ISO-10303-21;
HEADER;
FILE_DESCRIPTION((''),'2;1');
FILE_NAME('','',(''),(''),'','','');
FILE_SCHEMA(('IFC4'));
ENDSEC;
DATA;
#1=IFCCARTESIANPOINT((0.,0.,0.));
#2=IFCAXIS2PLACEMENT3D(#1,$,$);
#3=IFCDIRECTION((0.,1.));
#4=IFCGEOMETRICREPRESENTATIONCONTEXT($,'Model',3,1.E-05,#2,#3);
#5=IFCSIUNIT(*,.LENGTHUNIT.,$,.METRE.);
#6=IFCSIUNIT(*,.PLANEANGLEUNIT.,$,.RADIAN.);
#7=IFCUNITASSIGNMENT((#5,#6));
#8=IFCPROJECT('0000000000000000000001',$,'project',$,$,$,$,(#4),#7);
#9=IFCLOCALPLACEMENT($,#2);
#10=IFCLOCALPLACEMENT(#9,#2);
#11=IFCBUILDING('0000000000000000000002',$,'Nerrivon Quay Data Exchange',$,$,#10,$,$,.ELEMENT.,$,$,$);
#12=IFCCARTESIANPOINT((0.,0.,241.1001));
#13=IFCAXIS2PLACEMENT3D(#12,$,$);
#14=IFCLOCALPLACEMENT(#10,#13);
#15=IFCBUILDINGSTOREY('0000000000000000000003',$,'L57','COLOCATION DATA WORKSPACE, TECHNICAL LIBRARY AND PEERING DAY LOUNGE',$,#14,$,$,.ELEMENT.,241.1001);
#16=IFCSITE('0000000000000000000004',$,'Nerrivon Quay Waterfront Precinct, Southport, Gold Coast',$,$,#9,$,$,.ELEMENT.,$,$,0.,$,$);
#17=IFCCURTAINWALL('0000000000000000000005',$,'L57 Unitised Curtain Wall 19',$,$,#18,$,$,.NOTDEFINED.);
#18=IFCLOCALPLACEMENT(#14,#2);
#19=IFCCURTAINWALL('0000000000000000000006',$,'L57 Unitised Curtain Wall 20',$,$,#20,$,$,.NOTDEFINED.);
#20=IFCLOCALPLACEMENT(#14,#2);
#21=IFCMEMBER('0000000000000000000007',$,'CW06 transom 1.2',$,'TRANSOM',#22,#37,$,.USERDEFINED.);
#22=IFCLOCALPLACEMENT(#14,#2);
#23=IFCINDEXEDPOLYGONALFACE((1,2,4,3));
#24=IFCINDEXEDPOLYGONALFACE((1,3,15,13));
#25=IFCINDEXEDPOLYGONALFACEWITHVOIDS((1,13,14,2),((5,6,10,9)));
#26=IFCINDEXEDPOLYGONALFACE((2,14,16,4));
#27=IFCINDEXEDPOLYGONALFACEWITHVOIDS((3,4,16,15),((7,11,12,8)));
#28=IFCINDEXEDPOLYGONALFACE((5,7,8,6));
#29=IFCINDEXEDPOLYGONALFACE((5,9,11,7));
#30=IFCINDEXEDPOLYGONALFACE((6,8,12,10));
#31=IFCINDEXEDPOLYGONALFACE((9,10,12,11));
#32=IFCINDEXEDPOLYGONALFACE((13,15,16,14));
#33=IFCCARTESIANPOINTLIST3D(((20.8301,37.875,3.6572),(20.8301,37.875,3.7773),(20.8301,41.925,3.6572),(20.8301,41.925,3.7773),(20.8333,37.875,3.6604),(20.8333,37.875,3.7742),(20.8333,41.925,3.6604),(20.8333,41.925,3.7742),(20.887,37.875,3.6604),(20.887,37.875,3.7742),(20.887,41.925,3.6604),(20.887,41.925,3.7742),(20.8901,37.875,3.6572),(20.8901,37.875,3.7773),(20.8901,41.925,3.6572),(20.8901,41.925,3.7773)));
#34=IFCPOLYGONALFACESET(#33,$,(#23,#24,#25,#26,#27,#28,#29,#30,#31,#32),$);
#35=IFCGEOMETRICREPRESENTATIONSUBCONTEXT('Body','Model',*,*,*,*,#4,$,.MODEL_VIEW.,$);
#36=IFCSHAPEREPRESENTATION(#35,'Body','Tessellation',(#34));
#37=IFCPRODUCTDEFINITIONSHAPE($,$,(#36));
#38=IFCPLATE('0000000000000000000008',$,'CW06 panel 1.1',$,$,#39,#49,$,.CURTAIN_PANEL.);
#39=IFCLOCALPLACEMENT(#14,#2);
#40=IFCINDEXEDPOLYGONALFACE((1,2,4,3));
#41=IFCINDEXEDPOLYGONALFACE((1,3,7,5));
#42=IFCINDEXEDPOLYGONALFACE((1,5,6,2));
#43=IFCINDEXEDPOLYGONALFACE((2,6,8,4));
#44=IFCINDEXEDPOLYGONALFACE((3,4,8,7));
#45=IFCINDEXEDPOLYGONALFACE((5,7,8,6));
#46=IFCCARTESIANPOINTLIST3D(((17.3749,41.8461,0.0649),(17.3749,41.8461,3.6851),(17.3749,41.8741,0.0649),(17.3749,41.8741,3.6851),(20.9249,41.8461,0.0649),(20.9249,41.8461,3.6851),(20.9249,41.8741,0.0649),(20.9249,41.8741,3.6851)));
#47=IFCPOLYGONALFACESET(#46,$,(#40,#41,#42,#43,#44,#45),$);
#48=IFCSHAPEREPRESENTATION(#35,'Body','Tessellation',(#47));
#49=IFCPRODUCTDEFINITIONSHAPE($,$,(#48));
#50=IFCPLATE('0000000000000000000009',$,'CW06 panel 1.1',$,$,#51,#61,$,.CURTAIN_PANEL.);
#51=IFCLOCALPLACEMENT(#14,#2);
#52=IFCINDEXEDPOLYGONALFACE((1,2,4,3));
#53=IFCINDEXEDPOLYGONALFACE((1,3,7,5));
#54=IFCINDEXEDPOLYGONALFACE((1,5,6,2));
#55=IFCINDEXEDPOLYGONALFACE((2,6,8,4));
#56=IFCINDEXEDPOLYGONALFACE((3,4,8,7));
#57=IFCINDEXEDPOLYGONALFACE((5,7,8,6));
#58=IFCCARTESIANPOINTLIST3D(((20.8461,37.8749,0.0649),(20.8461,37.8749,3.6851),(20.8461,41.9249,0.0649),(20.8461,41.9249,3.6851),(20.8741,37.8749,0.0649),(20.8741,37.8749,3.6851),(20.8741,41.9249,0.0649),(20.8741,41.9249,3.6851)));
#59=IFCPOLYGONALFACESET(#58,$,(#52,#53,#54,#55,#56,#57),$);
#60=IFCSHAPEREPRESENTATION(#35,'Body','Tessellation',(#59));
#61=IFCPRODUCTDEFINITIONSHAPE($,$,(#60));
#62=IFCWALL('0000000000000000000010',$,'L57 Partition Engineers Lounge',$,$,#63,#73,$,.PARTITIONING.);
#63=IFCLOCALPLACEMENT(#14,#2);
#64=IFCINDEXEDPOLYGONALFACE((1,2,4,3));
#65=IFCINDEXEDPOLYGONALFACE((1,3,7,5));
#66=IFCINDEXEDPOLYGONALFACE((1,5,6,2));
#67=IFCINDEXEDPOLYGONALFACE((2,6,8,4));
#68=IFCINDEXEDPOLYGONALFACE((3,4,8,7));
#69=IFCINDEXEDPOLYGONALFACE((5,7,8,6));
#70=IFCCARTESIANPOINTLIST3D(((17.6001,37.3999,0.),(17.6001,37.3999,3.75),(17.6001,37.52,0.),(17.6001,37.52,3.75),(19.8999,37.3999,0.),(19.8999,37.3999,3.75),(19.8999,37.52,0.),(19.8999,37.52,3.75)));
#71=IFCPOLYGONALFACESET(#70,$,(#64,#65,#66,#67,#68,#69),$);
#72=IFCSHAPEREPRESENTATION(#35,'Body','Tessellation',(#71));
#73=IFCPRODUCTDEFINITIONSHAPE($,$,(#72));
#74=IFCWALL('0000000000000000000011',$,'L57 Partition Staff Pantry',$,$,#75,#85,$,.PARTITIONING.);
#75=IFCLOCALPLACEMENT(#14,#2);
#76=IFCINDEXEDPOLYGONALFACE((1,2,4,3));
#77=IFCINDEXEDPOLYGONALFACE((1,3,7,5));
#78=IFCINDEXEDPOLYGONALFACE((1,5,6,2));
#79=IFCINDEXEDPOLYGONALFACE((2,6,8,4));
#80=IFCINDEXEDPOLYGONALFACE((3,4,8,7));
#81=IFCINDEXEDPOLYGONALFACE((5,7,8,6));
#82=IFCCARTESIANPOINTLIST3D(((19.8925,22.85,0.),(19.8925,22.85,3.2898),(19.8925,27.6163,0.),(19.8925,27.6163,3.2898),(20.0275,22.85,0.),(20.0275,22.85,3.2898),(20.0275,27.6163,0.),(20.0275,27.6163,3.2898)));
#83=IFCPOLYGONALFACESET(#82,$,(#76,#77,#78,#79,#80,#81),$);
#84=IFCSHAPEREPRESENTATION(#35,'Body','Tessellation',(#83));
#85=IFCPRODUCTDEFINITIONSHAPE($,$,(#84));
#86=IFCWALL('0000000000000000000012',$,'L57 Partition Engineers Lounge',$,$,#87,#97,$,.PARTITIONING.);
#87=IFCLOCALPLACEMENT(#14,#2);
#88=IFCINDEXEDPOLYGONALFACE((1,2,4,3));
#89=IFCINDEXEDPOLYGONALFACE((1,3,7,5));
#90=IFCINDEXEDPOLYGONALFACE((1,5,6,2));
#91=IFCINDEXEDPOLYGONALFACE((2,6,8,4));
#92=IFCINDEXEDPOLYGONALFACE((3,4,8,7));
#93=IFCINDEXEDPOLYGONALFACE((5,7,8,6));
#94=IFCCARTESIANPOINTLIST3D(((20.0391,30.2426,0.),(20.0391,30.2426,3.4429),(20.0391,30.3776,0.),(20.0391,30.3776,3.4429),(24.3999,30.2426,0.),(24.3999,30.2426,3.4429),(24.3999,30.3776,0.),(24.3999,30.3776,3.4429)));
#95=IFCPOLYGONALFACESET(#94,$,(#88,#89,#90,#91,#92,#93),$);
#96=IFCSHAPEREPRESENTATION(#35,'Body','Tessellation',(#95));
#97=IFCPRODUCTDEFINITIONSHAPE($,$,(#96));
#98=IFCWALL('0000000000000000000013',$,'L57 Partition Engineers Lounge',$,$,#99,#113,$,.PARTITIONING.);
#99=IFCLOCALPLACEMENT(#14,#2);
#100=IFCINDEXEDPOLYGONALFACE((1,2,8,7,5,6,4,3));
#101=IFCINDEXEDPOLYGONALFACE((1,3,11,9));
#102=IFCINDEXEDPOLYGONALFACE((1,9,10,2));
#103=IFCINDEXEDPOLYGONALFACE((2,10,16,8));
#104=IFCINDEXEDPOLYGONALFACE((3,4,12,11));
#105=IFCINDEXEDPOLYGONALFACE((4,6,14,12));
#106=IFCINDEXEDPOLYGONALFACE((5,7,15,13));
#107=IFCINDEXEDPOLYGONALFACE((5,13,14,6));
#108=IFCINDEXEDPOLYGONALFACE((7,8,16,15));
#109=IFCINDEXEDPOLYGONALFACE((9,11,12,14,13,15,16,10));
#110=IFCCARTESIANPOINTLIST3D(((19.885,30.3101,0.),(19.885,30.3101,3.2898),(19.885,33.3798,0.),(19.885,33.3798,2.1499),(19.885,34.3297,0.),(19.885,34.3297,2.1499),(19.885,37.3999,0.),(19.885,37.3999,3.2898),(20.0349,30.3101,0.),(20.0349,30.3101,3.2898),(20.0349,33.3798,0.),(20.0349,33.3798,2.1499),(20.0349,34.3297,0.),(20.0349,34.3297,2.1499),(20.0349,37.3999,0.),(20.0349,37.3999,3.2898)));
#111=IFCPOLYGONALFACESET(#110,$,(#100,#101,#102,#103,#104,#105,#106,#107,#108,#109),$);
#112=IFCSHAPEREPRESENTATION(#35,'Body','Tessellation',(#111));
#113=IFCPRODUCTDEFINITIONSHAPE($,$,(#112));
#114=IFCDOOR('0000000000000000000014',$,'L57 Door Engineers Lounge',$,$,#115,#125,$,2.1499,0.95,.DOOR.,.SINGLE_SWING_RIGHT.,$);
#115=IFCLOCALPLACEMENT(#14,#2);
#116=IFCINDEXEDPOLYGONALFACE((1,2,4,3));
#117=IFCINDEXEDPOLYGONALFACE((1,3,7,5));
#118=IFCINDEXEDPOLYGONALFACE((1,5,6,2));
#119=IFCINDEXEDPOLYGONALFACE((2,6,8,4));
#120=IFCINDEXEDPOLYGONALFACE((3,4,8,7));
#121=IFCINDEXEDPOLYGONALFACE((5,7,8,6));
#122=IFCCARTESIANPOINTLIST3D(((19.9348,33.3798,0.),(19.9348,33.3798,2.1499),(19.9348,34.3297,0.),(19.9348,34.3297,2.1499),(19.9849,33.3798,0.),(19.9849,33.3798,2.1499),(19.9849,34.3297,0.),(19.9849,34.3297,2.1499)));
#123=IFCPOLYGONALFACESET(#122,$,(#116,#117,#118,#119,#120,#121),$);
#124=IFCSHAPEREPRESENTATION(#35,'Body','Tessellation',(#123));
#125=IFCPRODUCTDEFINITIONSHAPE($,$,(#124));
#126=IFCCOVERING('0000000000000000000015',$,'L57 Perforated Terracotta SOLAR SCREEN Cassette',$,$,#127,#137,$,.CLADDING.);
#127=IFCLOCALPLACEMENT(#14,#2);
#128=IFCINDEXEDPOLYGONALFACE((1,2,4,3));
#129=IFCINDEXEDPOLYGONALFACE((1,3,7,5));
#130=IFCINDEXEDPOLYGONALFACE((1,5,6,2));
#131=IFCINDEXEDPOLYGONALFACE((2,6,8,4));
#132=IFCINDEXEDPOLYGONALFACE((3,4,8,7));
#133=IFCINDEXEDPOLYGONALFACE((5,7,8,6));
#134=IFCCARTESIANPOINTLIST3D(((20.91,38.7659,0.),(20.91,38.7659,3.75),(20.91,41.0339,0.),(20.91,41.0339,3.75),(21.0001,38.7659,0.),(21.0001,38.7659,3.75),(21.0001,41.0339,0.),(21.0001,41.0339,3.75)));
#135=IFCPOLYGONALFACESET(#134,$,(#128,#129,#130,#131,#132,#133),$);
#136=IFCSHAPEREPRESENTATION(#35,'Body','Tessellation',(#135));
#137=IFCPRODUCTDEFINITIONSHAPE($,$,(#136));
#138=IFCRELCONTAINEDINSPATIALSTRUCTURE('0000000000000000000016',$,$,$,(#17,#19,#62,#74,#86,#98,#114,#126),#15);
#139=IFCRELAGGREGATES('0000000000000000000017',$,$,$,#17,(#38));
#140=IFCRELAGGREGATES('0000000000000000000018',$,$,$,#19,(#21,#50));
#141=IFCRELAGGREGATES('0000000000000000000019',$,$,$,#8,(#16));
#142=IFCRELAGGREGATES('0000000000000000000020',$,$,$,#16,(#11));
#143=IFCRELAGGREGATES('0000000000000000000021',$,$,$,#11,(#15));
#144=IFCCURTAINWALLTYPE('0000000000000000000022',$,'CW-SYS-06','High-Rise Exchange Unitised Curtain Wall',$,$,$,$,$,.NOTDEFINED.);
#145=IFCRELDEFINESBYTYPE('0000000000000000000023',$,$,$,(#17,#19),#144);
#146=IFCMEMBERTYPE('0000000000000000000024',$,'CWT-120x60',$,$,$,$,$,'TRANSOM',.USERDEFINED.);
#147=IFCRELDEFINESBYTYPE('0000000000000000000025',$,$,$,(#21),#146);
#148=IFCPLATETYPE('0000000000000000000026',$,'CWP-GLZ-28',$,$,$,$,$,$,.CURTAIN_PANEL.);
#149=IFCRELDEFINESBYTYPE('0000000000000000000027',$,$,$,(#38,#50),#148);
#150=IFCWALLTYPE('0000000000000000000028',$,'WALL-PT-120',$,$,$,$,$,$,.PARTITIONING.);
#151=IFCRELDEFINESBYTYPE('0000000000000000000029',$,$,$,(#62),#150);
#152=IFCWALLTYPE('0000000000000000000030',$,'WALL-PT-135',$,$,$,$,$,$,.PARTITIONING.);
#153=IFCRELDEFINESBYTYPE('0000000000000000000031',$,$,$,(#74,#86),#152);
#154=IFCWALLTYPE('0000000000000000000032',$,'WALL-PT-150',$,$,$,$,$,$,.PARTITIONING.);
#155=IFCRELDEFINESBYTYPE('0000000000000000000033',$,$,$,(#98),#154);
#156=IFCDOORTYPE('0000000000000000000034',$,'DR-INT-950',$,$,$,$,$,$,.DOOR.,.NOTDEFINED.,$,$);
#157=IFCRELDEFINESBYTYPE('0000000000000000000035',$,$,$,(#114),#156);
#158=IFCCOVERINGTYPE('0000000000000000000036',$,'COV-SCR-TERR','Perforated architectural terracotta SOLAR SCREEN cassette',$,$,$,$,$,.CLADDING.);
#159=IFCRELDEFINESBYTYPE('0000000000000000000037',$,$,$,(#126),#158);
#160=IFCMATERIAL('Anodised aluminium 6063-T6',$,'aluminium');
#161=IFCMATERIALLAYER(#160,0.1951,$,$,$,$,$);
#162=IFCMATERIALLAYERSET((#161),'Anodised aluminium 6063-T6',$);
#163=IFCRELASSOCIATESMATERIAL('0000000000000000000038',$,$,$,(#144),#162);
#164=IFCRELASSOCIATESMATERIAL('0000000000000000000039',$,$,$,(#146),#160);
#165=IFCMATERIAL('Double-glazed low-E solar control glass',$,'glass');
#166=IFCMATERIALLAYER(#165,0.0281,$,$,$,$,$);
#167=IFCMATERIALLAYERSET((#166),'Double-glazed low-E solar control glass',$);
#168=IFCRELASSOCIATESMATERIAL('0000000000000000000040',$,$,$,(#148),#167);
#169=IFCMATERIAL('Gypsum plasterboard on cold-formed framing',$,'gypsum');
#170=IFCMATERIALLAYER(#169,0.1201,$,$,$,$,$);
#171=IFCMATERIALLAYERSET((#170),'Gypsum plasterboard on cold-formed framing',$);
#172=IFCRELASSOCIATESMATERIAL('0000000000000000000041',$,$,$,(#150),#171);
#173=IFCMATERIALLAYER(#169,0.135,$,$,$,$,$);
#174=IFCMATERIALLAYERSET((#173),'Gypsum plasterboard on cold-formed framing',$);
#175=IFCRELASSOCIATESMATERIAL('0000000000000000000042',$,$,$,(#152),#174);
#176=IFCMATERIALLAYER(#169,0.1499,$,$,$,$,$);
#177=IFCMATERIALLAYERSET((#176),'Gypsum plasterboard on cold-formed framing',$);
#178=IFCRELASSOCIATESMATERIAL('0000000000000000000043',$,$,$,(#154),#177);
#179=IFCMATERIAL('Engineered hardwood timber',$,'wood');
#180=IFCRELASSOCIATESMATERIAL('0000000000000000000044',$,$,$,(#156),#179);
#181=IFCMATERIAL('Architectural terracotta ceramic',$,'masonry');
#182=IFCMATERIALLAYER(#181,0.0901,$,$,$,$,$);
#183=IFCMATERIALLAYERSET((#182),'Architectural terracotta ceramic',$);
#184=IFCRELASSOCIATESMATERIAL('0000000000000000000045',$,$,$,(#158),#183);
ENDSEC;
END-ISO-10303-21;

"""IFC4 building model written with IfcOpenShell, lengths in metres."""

from ifc_helpers import new_model, si_unit, direction, frame, frame_2d, origin, origin_2d, place, context, subcontext, project, spatial, rectangle, hollow_rectangle, extrude, material, layer, layer_set, material_profile, profile_set, type_object, element, fill, aggregate, save


model = new_model("IFC4")

# Units and contexts
model_context = context("Model", 3, precision=1e-05, world=origin(), true_north=direction((0.0, 1.0)))
body_context = subcontext(model_context, "Body", "Model", "MODEL_VIEW")
ifc_project = project(units=[si_unit("LENGTHUNIT", "METRE"), si_unit("PLANEANGLEUNIT", "RADIAN")], contexts=[model_context])

# Site, building, storey
site_placement = place(None, origin())
site = spatial("IfcSite", under=ifc_project, at=site_placement, Name="Nerrivon Quay Waterfront Precinct, Southport, Gold Coast", CompositionType="ELEMENT", RefElevation=0.0)
building_placement = place(site_placement, origin())
building = spatial("IfcBuilding", under=site, at=building_placement, Name="Nerrivon Quay Data Exchange", CompositionType="ELEMENT")
storey_placement = place(building_placement, frame((0.0, 0.0, 241.1001)))
storey = spatial("IfcBuildingStorey", under=building, at=storey_placement, Name="L57", Description="COLOCATION DATA WORKSPACE, TECHNICAL LIBRARY AND PEERING DAY LOUNGE", CompositionType="ELEMENT", Elevation=241.1001)

# Curtain walls
ifc_material_1 = material(Name="Anodised aluminium 6063-T6", Category="aluminium")
ifc_layer_1 = layer(ifc_material_1, 0.1951)
ifc_layer_set_1 = layer_set([ifc_layer_1], Name="Anodised aluminium 6063-T6")
curtain_wall_type = type_object("IfcCurtainWallType", Name="CW-SYS-06", Description="High-Rise Exchange Unitised Curtain Wall", PredefinedType="NOTDEFINED", material=ifc_layer_set_1)
curtain_wall_1_placement = place(storey_placement, origin())
curtain_wall_1 = element("IfcCurtainWall", 1, at=curtain_wall_1_placement, inside=storey, type_object=curtain_wall_type, Name="L57 Unitised Curtain Wall 19", PredefinedType="NOTDEFINED")
curtain_wall_2_placement = place(storey_placement, origin())
curtain_wall_2 = element("IfcCurtainWall", 2, at=curtain_wall_2_placement, inside=storey, type_object=curtain_wall_type, Name="L57 Unitised Curtain Wall 20", PredefinedType="NOTDEFINED")

# Member
ifc_material_profile_1 = material_profile(ifc_material_1, hollow_rectangle(XDim=0.0601, YDim=0.1201, WallThickness=0.0032, at=origin_2d()), Name="ALU-TRAN-120x60")
ifc_profile_set_1 = profile_set([ifc_material_profile_1], Name="Anodised aluminium 6063-T6")
member_type_1 = type_object("IfcMemberType", Name="CWT-120x60", ElementType="TRANSOM", PredefinedType="USERDEFINED", material=ifc_profile_set_1)
member_1_placement = place(storey_placement, frame((20.8601, 41.925, 3.7173), z_axis=(0.0, -1.0, 0.0), x_axis=(1.0, 0.0, 0.0)))
member_1 = element("IfcMember", 3, at=member_1_placement, type_object=member_type_1, Name="CW06 transom 1.2", ObjectType="TRANSOM", PredefinedType="USERDEFINED", context=body_context, shape_type="SweptSolid", body=[
    extrude(hollow_rectangle(XDim=0.0601, YDim=0.1201, WallThickness=0.0032, at=origin_2d()), origin(), (0.0, 0.0, 1.0), 4.05),
])

# Plates
ifc_material_2 = material(Name="Double-glazed low-E solar control glass", Category="glass")
ifc_layer_2 = layer(ifc_material_2, 0.0281)
ifc_layer_set_2 = layer_set([ifc_layer_2], Name="Double-glazed low-E solar control glass")
plate_type = type_object("IfcPlateType", Name="CWP-GLZ-28", PredefinedType="CURTAIN_PANEL", material=ifc_layer_set_2)
plate_1_placement = place(storey_placement, frame((19.1499, 41.8601, 0.0649), z_axis=(0.0, 0.0, 1.0), x_axis=(1.0, 0.0, 0.0)))
plate_1 = element("IfcPlate", 4, at=plate_1_placement, type_object=plate_type, Name="CW06 panel 1.1", PredefinedType="CURTAIN_PANEL", context=body_context, shape_type="SweptSolid", body=[
    extrude(rectangle(XDim=3.55, YDim=0.0281, at=origin_2d()), origin(), (0.0, 0.0, 1.0), 3.6201),
])
aggregate(curtain_wall_1, [plate_1])
plate_2_placement = place(storey_placement, frame((20.8601, 39.8999, 0.0649), z_axis=(0.0, 0.0, 1.0), x_axis=(0.0, -1.0, 0.0)))
plate_2 = element("IfcPlate", 5, at=plate_2_placement, type_object=plate_type, Name="CW06 panel 1.1", PredefinedType="CURTAIN_PANEL", context=body_context, shape_type="SweptSolid", body=[
    extrude(rectangle(XDim=4.05, YDim=0.0281, at=origin_2d()), origin(), (0.0, 0.0, 1.0), 3.6201),
])
aggregate(curtain_wall_2, [member_1, plate_2])

# Walls
ifc_material_3 = material(Name="Gypsum plasterboard on cold-formed framing", Category="gypsum")
ifc_layer_3 = layer(ifc_material_3, 0.1201)
ifc_layer_set_3 = layer_set([ifc_layer_3], Name="Gypsum plasterboard on cold-formed framing")
wall_type_1 = type_object("IfcWallType", Name="WALL-PT-120", PredefinedType="PARTITIONING", material=ifc_layer_set_3)
wall_1_placement = place(storey_placement, frame((17.6001, 37.46, 0.0), z_axis=(0.0, 0.0, 1.0), x_axis=(1.0, 0.0, 0.0)))
element("IfcWall", 6, at=wall_1_placement, inside=storey, type_object=wall_type_1, Name="L57 Partition Engineers Lounge", PredefinedType="PARTITIONING", context=body_context, shape_type="SweptSolid", body=[
    extrude(rectangle(XDim=2.2998, YDim=0.1201, at=frame_2d((1.1499, 0.0))), origin(), (0.0, 0.0, 1.0), 3.75),
])
ifc_layer_4 = layer(ifc_material_3, 0.135)
ifc_layer_set_4 = layer_set([ifc_layer_4], Name="Gypsum plasterboard on cold-formed framing")
wall_type_2 = type_object("IfcWallType", Name="WALL-PT-135", PredefinedType="PARTITIONING", material=ifc_layer_set_4)
wall_2_placement = place(storey_placement, frame((19.96, 27.6165, 0.0), z_axis=(0.0, 0.0, 1.0), x_axis=(0.0, -1.0, 0.0)))
element("IfcWall", 7, at=wall_2_placement, inside=storey, type_object=wall_type_2, Name="L57 Partition Staff Pantry", PredefinedType="PARTITIONING", context=body_context, shape_type="SweptSolid", body=[
    extrude(rectangle(XDim=4.7664, YDim=0.135, at=frame_2d((2.3833, 0.0))), origin(), (0.0, 0.0, 1.0), 3.2898),
])
wall_3_placement = place(storey_placement, frame((20.0391, 30.3101, 0.0), z_axis=(0.0, 0.0, 1.0), x_axis=(1.0, 0.0, 0.0)))
element("IfcWall", 8, at=wall_3_placement, inside=storey, type_object=wall_type_2, Name="L57 Partition Engineers Lounge", PredefinedType="PARTITIONING", context=body_context, shape_type="SweptSolid", body=[
    extrude(rectangle(XDim=4.3608, YDim=0.135, at=frame_2d((2.1804, 0.0))), origin(), (0.0, 0.0, 1.0), 3.4429),
])

# Wall, opening, door
ifc_layer_5 = layer(ifc_material_3, 0.1499)
ifc_layer_set_5 = layer_set([ifc_layer_5], Name="Gypsum plasterboard on cold-formed framing")
wall_type_3 = type_object("IfcWallType", Name="WALL-PT-150", PredefinedType="PARTITIONING", material=ifc_layer_set_5)
wall_4_placement = place(storey_placement, frame((19.96, 37.3999, 0.0), z_axis=(0.0, 0.0, 1.0), x_axis=(0.0, -1.0, 0.0)))
wall_4 = element("IfcWall", 9, at=wall_4_placement, inside=storey, type_object=wall_type_3, Name="L57 Partition Engineers Lounge", PredefinedType="PARTITIONING", context=body_context, shape_type="SweptSolid", body=[
    extrude(rectangle(XDim=7.0898, YDim=0.1499, at=frame_2d((3.5449, 0.0))), origin(), (0.0, 0.0, 1.0), 3.2898),
])
opening_1_placement = place(wall_4_placement, frame((3.0701, 0.0, 0.0)))
opening_1 = element("IfcOpeningElement", 10, at=opening_1_placement, cuts=wall_4, PredefinedType="OPENING", context=body_context, shape_type="SweptSolid", body=[
    extrude(rectangle(XDim=0.95, YDim=2.1499, at=frame_2d((0.4751, 1.075))), frame((0.0, 0.085, 0.0), z_axis=(0.0, -1.0, 0.0), x_axis=(1.0, 0.0, 0.0)), (0.0, 0.0, 1.0), 0.1699),
])
ifc_material_4 = material(Name="Engineered hardwood timber", Category="wood")
door_type_1 = type_object("IfcDoorType", Name="DR-INT-950", OperationType="NOTDEFINED", PredefinedType="DOOR", material=ifc_material_4)
door_1_placement = place(opening_1_placement, origin())
door_1 = element("IfcDoor", 11, at=door_1_placement, inside=storey, type_object=door_type_1, Name="L57 Door Engineers Lounge", OperationType="SINGLE_SWING_RIGHT", OverallHeight=2.1499, OverallWidth=0.95, PredefinedType="DOOR", context=body_context, shape_type="SweptSolid", body=[
    extrude(rectangle(XDim=0.95, YDim=2.1499, at=frame_2d((0.4751, 1.075))), frame((0.0, 0.0249, 0.0), z_axis=(0.0, -1.0, 0.0), x_axis=(1.0, 0.0, 0.0)), (0.0, 0.0, 1.0), 0.05),
])
fill(opening_1, door_1)

# Covering
ifc_material_5 = material(Name="Architectural terracotta ceramic", Category="masonry")
ifc_layer_6 = layer(ifc_material_5, 0.0901)
ifc_layer_set_6 = layer_set([ifc_layer_6], Name="Architectural terracotta ceramic")
covering_type = type_object("IfcCoveringType", Name="COV-SCR-TERR", Description="Perforated architectural terracotta SOLAR SCREEN cassette", PredefinedType="CLADDING", material=ifc_layer_set_6)
covering_placement = place(storey_placement, frame((20.9551, 39.8999, 0.0), z_axis=(0.0, 0.0, 1.0), x_axis=(0.0, -1.0, 0.0)))
element("IfcCovering", 12, at=covering_placement, inside=storey, type_object=covering_type, Name="L57 Perforated Terracotta SOLAR SCREEN Cassette", PredefinedType="CLADDING", context=body_context, shape_type="SweptSolid", body=[
    extrude(rectangle(XDim=2.2681, YDim=0.0901, at=origin_2d()), origin(), (0.0, 0.0, 1.0), 3.75),
])

save(model, "model.ifc")
